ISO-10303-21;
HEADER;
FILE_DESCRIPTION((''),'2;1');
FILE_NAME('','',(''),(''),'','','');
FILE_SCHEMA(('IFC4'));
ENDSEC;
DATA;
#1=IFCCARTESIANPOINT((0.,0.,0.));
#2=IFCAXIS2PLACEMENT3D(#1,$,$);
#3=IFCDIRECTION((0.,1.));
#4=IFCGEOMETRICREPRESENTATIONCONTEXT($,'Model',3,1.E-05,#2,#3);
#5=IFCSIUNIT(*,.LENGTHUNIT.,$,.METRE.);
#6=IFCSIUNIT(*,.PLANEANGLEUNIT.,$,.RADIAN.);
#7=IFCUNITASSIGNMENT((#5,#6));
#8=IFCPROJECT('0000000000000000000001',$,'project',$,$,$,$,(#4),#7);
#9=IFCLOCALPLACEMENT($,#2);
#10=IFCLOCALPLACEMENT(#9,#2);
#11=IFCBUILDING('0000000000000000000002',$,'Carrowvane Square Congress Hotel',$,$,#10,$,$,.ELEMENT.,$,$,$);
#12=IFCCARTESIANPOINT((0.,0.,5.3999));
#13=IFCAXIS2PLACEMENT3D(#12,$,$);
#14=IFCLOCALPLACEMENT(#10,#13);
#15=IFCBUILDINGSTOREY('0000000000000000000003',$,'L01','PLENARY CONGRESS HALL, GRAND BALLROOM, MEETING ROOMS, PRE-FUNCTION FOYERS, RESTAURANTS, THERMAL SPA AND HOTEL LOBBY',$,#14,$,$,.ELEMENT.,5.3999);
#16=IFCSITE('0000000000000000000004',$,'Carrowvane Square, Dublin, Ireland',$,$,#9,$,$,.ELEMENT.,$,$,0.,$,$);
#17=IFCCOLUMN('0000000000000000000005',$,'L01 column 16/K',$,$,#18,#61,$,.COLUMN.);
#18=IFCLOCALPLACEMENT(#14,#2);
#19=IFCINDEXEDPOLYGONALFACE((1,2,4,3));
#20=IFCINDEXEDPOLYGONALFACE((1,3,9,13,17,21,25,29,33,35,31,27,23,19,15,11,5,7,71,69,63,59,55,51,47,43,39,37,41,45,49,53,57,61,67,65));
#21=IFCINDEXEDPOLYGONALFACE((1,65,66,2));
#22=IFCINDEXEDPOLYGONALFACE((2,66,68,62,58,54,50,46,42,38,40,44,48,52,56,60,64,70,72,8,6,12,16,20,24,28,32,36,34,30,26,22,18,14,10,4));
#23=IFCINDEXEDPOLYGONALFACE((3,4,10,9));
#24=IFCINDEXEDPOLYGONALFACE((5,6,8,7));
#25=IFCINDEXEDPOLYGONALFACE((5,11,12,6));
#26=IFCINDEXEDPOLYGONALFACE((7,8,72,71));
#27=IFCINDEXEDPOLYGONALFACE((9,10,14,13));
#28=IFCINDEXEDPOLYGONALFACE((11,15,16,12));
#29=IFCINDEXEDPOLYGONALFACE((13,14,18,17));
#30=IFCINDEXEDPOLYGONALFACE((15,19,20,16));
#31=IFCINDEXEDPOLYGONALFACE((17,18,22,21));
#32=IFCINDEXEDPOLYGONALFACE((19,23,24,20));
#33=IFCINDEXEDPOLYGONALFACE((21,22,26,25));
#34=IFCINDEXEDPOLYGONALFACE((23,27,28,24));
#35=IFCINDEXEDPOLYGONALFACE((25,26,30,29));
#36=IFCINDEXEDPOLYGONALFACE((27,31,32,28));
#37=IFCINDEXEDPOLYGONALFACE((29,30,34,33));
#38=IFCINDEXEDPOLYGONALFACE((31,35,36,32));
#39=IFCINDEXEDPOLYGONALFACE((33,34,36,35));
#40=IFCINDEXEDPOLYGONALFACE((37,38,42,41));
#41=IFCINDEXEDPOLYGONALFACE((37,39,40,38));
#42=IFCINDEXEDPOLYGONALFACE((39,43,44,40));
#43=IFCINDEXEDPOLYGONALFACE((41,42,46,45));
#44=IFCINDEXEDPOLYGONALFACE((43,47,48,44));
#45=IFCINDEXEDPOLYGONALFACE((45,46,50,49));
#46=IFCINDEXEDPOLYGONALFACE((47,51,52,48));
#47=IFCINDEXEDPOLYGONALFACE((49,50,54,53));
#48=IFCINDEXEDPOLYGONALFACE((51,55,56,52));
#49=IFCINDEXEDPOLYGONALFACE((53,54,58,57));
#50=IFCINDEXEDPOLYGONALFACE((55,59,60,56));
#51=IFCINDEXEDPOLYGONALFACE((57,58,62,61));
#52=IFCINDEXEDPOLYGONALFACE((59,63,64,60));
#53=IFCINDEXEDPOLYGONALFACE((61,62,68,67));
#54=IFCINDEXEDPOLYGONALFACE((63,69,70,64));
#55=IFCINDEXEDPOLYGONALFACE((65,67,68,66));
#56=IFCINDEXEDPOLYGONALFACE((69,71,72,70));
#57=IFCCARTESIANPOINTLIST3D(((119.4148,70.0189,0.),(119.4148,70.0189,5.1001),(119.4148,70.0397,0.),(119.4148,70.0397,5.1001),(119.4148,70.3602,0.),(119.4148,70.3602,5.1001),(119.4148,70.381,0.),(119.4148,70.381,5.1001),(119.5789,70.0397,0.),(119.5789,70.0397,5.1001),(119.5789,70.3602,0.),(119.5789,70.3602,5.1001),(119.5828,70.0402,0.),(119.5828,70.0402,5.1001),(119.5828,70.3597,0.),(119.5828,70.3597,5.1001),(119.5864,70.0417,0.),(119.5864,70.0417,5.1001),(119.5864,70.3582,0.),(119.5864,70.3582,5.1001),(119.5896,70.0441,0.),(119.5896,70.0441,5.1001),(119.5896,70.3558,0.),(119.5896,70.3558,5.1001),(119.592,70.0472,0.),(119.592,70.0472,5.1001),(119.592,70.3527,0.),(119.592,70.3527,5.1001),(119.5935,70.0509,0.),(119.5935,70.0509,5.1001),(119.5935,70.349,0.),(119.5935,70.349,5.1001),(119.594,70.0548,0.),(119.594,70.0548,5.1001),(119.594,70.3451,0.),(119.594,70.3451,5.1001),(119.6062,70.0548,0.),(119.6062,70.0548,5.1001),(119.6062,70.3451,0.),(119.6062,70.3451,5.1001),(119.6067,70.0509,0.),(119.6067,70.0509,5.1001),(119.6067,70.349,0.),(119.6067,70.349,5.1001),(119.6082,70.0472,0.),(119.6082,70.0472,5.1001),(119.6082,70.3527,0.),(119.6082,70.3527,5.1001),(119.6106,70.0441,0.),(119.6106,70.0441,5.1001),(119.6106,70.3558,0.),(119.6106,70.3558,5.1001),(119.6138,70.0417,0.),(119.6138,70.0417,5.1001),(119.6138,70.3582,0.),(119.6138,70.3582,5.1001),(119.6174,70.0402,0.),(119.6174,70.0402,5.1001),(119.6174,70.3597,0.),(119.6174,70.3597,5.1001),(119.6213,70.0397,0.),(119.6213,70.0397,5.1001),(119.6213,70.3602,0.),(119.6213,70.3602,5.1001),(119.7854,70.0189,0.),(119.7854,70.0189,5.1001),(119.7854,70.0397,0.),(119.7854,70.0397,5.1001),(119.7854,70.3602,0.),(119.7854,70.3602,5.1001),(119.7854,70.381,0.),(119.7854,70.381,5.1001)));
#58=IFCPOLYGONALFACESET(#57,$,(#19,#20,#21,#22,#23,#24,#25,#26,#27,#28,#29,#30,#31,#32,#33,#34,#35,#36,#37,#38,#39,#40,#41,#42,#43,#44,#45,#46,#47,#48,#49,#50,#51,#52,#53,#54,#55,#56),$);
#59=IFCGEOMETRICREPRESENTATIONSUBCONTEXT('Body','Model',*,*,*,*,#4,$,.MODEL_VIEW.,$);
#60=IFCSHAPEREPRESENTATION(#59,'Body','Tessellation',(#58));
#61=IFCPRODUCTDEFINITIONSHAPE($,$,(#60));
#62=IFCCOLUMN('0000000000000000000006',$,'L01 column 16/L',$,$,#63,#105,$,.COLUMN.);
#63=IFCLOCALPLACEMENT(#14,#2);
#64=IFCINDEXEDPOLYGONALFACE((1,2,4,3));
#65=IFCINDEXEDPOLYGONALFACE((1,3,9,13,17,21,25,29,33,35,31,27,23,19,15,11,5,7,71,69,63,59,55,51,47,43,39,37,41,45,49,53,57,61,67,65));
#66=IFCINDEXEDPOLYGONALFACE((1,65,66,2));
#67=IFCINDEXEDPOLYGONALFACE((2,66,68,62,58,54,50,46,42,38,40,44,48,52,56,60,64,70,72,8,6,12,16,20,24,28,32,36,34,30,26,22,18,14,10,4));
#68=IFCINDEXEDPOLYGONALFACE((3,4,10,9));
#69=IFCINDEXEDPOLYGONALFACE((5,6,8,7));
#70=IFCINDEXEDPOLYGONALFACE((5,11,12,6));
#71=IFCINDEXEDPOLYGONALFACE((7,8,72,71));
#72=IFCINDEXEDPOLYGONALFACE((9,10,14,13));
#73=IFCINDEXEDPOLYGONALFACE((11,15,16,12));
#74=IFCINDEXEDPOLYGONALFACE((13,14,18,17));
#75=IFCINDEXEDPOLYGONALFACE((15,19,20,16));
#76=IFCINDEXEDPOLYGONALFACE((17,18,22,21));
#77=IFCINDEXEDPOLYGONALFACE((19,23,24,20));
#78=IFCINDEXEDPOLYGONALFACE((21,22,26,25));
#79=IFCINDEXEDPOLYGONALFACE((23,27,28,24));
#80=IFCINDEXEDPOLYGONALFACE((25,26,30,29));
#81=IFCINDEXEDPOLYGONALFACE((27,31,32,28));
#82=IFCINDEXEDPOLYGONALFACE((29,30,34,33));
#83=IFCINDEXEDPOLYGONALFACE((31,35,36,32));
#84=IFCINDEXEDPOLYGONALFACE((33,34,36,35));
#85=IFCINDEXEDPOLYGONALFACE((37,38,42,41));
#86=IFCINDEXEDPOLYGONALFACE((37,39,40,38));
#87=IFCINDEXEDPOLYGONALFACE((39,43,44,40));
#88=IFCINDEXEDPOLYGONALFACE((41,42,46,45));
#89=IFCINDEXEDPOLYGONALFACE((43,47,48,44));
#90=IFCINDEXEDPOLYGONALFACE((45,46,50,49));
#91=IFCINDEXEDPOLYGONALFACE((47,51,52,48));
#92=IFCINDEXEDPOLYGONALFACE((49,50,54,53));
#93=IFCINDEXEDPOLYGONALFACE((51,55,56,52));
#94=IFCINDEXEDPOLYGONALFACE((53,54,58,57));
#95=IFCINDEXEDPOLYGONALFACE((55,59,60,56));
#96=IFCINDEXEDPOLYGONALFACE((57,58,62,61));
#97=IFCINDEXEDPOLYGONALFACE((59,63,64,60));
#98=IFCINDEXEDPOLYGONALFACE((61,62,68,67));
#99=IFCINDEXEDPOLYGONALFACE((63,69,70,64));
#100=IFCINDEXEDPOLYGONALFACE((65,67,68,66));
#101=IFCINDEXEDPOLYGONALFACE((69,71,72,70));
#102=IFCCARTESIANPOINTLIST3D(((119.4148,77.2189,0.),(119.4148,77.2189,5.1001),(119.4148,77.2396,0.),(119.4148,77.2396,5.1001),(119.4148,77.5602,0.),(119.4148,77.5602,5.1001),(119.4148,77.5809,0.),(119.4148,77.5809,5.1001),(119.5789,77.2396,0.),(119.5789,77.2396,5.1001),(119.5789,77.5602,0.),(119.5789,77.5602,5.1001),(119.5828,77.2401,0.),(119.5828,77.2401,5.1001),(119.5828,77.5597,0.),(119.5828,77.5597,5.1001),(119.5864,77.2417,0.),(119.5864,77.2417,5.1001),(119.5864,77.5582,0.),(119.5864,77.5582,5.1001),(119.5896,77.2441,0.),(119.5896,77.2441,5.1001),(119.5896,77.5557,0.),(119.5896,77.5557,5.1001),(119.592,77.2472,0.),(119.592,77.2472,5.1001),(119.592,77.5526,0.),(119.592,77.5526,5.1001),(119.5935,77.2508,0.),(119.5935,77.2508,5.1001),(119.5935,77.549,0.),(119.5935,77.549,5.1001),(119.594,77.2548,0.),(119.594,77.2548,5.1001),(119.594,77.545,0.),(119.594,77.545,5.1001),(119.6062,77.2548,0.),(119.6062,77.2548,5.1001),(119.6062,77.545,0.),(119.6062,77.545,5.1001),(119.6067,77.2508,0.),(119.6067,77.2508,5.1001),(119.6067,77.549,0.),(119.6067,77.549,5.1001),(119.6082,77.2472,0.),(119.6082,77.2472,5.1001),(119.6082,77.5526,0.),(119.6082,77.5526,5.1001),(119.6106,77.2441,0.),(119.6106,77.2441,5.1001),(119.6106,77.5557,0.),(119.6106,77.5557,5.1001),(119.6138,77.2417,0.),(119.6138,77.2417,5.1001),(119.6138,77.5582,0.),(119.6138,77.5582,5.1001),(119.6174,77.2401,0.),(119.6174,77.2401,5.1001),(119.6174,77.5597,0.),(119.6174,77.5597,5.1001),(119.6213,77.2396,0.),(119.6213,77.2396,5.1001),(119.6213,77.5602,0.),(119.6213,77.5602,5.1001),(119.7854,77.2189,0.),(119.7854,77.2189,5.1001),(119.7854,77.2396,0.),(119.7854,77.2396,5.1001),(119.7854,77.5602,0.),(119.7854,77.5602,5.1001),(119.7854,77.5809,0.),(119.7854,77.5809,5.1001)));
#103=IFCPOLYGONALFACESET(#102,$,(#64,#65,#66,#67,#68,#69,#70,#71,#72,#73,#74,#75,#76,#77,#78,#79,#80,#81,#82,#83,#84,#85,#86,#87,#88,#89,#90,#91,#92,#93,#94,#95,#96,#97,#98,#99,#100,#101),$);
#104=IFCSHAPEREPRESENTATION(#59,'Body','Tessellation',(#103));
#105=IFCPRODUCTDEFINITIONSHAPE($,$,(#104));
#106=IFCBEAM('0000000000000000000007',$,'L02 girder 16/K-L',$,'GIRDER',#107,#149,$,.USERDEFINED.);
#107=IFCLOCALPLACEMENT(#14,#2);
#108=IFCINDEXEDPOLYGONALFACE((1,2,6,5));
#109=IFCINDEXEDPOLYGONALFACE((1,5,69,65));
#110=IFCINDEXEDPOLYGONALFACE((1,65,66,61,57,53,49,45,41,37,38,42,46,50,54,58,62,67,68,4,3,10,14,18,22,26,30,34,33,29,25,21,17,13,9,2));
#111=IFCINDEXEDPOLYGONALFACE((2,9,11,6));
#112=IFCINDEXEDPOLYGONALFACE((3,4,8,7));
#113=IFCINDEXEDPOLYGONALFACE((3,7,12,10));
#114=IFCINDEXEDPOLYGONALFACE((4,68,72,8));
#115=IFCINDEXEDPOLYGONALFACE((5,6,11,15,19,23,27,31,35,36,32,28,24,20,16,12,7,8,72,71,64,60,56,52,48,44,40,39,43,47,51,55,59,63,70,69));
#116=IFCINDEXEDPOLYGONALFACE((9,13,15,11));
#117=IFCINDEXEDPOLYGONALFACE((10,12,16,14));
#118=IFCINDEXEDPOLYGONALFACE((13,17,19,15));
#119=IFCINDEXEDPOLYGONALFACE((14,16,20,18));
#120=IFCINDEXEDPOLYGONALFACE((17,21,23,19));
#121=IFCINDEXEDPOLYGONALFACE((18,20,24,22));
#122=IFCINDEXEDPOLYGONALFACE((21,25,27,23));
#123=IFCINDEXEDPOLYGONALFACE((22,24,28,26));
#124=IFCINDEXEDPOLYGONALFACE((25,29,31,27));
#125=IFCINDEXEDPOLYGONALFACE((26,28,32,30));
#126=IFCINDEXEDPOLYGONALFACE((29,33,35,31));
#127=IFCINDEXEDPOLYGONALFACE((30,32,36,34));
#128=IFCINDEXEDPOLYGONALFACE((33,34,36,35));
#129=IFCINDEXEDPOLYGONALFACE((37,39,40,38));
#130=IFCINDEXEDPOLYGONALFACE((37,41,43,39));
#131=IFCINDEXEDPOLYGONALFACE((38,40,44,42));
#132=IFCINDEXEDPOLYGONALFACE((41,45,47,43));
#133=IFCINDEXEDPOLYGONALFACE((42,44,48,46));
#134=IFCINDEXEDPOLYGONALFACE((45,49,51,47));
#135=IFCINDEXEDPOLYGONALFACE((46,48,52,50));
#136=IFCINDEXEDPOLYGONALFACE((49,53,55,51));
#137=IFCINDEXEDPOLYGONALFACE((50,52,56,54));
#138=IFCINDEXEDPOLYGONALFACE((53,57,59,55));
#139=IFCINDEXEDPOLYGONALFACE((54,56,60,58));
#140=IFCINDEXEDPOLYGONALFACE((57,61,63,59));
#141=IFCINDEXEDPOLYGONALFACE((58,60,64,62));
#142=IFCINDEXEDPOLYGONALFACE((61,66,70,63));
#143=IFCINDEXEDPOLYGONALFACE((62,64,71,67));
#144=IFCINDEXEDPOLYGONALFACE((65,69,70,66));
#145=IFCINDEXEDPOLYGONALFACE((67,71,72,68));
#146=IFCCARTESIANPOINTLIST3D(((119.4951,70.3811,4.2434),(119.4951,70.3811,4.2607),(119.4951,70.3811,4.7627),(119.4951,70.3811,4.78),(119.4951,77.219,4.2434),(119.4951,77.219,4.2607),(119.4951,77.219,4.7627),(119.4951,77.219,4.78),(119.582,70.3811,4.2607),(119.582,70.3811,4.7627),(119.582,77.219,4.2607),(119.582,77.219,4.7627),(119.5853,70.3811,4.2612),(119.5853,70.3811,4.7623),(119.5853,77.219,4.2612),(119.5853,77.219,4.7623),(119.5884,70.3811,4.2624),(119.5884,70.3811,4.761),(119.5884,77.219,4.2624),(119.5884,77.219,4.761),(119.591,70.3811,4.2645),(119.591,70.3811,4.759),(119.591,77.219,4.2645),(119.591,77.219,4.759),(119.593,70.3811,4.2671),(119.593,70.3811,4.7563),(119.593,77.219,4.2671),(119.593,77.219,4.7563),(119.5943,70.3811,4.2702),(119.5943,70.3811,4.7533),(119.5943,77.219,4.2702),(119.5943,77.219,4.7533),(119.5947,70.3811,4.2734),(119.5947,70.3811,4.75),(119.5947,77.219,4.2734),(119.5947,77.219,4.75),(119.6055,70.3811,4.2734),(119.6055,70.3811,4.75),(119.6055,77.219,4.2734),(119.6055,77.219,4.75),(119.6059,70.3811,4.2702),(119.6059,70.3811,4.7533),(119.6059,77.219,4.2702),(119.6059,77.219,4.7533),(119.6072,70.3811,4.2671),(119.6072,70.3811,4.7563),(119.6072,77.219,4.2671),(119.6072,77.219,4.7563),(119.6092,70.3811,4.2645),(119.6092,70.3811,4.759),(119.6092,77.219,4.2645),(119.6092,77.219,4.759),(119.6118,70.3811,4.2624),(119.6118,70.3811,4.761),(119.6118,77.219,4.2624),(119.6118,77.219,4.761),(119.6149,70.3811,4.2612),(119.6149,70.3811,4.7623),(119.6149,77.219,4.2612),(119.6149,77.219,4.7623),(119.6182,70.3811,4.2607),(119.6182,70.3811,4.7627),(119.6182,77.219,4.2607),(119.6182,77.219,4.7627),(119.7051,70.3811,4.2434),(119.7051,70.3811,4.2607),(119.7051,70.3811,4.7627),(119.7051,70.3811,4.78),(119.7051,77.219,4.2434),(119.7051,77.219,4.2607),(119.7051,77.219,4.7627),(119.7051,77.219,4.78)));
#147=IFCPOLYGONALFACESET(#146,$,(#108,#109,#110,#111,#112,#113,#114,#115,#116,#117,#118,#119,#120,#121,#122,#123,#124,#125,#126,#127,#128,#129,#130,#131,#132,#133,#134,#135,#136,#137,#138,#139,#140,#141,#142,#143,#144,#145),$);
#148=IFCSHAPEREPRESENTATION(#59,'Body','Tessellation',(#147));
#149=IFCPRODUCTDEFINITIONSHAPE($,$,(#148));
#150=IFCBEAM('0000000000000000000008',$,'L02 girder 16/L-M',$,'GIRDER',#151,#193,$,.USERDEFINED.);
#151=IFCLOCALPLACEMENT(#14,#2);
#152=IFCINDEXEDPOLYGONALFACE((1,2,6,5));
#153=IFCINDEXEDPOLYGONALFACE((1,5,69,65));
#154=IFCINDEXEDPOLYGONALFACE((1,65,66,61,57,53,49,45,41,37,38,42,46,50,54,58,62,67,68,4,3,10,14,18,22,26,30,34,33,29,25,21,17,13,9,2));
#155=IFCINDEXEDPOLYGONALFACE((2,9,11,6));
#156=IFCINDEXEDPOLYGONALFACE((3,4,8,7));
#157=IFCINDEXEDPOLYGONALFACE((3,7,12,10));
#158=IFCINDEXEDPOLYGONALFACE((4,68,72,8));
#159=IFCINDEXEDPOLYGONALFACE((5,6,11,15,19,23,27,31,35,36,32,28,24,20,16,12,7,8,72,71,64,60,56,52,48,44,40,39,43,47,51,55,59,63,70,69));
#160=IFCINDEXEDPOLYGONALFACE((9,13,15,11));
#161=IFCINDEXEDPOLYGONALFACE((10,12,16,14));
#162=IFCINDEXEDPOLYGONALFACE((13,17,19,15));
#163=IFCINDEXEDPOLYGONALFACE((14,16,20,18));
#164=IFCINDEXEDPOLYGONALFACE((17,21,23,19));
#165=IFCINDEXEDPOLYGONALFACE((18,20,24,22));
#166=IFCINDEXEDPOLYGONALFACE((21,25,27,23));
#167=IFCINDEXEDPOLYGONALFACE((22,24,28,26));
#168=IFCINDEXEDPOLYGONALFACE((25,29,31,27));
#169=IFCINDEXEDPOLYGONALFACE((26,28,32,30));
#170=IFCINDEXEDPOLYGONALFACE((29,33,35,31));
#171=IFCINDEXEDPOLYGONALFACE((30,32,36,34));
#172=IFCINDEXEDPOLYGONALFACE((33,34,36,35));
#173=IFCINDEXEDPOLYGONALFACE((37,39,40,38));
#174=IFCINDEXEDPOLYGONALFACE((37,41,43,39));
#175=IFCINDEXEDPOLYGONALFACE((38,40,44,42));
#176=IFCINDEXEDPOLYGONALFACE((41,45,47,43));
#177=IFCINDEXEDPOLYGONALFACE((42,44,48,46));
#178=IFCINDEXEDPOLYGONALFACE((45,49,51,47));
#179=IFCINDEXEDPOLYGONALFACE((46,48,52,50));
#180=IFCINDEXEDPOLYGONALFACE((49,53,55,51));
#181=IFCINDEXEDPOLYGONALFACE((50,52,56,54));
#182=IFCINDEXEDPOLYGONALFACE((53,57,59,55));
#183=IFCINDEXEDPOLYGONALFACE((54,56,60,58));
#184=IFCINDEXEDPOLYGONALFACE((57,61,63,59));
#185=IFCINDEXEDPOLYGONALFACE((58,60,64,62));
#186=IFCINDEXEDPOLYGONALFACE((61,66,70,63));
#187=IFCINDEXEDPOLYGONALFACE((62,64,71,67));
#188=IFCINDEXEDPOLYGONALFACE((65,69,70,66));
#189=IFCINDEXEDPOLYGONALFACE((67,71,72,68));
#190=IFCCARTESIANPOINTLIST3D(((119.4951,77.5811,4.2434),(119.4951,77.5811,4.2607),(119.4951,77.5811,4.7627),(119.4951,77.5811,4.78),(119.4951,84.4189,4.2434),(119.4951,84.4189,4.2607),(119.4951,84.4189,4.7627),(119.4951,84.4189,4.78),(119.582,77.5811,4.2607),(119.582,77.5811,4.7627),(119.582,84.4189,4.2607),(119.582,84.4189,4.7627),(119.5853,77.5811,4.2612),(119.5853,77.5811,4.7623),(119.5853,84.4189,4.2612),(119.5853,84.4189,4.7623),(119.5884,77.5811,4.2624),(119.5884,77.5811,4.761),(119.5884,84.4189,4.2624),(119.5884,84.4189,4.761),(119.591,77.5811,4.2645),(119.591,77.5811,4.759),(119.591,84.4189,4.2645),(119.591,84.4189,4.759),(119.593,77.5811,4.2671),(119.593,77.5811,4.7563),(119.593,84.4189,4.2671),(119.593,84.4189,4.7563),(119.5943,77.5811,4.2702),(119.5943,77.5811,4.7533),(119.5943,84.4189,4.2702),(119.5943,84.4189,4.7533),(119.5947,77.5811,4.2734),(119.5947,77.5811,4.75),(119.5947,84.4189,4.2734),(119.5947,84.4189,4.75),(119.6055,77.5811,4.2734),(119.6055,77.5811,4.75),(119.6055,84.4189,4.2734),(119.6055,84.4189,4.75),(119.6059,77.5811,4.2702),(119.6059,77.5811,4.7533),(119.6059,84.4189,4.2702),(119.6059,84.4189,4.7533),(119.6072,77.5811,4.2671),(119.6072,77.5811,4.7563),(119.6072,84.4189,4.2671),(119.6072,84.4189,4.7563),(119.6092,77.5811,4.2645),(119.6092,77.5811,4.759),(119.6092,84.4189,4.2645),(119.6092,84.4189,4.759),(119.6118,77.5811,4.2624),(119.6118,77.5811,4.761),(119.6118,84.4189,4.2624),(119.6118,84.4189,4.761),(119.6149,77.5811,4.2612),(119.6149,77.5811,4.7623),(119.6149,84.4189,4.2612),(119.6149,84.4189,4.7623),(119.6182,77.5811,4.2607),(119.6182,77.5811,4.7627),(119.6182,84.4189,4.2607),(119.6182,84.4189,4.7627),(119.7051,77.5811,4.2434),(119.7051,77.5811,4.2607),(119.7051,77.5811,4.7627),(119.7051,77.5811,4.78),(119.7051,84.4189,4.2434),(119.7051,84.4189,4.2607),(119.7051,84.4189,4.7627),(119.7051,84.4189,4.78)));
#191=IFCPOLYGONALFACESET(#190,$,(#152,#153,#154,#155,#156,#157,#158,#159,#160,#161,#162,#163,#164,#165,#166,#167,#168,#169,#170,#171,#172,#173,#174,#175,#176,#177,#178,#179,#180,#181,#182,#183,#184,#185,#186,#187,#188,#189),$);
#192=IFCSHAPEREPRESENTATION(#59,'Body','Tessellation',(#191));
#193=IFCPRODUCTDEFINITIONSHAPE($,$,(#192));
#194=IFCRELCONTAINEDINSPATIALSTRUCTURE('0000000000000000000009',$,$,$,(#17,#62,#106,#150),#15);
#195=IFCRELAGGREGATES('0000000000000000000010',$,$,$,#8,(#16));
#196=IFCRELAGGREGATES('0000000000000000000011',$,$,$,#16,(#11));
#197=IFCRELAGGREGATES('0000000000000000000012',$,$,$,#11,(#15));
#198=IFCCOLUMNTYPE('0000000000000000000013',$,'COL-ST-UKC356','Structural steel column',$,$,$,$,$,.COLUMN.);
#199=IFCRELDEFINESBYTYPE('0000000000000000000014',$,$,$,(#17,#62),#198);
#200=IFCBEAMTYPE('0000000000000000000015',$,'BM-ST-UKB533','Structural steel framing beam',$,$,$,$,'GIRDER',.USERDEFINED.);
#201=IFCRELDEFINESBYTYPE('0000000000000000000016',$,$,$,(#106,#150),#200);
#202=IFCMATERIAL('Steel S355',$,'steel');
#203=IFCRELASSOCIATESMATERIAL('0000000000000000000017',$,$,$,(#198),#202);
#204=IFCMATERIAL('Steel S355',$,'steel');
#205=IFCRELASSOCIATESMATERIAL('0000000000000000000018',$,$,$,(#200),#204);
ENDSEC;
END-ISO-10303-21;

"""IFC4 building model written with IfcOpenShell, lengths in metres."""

from ifc_helpers import new_model, si_unit, direction, frame, origin, origin_2d, place, context, subcontext, project, spatial, i_section, extrude, material, material_profile, profile_set, type_object, element, save


model = new_model("IFC4")

# Units and contexts
model_context = context("Model", 3, precision=1e-05, world=origin(), true_north=direction((0.0, 1.0)))
body_context = subcontext(model_context, "Body", "Model", "MODEL_VIEW")
ifc_project = project(units=[si_unit("LENGTHUNIT", "METRE"), si_unit("PLANEANGLEUNIT", "RADIAN")], contexts=[model_context])

# Site, building, storey
site_placement = place(None, origin())
site = spatial("IfcSite", under=ifc_project, at=site_placement, Name="Carrowvane Square, Dublin, Ireland", CompositionType="ELEMENT", RefElevation=0.0)
building_placement = place(site_placement, origin())
building = spatial("IfcBuilding", under=site, at=building_placement, Name="Carrowvane Square Congress Hotel", CompositionType="ELEMENT")
storey_placement = place(building_placement, frame((0.0, 0.0, 5.3999)))
storey = spatial("IfcBuildingStorey", under=building, at=storey_placement, Name="L01", Description="PLENARY CONGRESS HALL, GRAND BALLROOM, MEETING ROOMS, PRE-FUNCTION FOYERS, RESTAURANTS, THERMAL SPA AND HOTEL LOBBY", CompositionType="ELEMENT", Elevation=5.3999)

# Columns
ifc_material_1 = material(Name="Steel S355", Category="steel")
ifc_material_profile_1 = material_profile(ifc_material_1, i_section(OverallWidth=0.3706, OverallDepth=0.3621, WebThickness=0.0122, FlangeThickness=0.0208, FilletRadius=0.0151, at=origin_2d()), Name="UKC 356x368x153")
ifc_profile_set_1 = profile_set([ifc_material_profile_1], Name="Steel S355")
column_type = type_object("IfcColumnType", Name="COL-ST-UKC356", Description="Structural steel column", PredefinedType="COLUMN", material=ifc_profile_set_1)
for number, where, z_axis, x_axis, name in (
    (1, (119.6001, 70.2, 0.0), (0.0, 0.0, 1.0), (1.0, 0.0, 0.0), "L01 column 16/K"),
    (2, (119.6001, 77.3999, 0.0), (0.0, 0.0, 1.0), (1.0, 0.0, 0.0), "L01 column 16/L"),
):
    element("IfcColumn", number, at=place(storey_placement, frame(where, z_axis=z_axis, x_axis=x_axis)), inside=storey, type_object=column_type, Name=name, PredefinedType="COLUMN", context=body_context, shape_type="SweptSolid", body=[
        extrude(i_section(OverallWidth=0.3706, OverallDepth=0.3621, WebThickness=0.0122, FlangeThickness=0.0208, FilletRadius=0.0151, at=origin_2d()), origin(), (0.0, 0.0, 1.0), 5.1001),
    ])

# Beams
ifc_material_2 = material(Name="Steel S355", Category="steel")
ifc_material_profile_2 = material_profile(ifc_material_2, i_section(OverallWidth=0.21, OverallDepth=0.5366, WebThickness=0.0107, FlangeThickness=0.0173, FilletRadius=0.0127, at=origin_2d()), Name="UKB 533x210x101")
ifc_profile_set_2 = profile_set([ifc_material_profile_2], Name="Steel S355")
beam_type = type_object("IfcBeamType", Name="BM-ST-UKB533", Description="Structural steel framing beam", ElementType="GIRDER", PredefinedType="USERDEFINED", material=ifc_profile_set_2)
for number, where, z_axis, x_axis, name in (
    (3, (119.6001, 70.3811, 4.5117), (0.0, 1.0, 0.0), (-1.0, 0.0, 0.0), "L02 girder 16/K-L"),
    (4, (119.6001, 77.5811, 4.5117), (0.0, 1.0, 0.0), (-1.0, 0.0, 0.0), "L02 girder 16/L-M"),
):
    element("IfcBeam", number, at=place(storey_placement, frame(where, z_axis=z_axis, x_axis=x_axis)), inside=storey, type_object=beam_type, Name=name, ObjectType="GIRDER", PredefinedType="USERDEFINED", context=body_context, shape_type="SweptSolid", body=[
        extrude(i_section(OverallWidth=0.21, OverallDepth=0.5366, WebThickness=0.0107, FlangeThickness=0.0173, FilletRadius=0.0127, at=origin_2d()), origin(), (0.0, 0.0, 1.0), 6.8379),
    ])

save(model, "model.ifc")
